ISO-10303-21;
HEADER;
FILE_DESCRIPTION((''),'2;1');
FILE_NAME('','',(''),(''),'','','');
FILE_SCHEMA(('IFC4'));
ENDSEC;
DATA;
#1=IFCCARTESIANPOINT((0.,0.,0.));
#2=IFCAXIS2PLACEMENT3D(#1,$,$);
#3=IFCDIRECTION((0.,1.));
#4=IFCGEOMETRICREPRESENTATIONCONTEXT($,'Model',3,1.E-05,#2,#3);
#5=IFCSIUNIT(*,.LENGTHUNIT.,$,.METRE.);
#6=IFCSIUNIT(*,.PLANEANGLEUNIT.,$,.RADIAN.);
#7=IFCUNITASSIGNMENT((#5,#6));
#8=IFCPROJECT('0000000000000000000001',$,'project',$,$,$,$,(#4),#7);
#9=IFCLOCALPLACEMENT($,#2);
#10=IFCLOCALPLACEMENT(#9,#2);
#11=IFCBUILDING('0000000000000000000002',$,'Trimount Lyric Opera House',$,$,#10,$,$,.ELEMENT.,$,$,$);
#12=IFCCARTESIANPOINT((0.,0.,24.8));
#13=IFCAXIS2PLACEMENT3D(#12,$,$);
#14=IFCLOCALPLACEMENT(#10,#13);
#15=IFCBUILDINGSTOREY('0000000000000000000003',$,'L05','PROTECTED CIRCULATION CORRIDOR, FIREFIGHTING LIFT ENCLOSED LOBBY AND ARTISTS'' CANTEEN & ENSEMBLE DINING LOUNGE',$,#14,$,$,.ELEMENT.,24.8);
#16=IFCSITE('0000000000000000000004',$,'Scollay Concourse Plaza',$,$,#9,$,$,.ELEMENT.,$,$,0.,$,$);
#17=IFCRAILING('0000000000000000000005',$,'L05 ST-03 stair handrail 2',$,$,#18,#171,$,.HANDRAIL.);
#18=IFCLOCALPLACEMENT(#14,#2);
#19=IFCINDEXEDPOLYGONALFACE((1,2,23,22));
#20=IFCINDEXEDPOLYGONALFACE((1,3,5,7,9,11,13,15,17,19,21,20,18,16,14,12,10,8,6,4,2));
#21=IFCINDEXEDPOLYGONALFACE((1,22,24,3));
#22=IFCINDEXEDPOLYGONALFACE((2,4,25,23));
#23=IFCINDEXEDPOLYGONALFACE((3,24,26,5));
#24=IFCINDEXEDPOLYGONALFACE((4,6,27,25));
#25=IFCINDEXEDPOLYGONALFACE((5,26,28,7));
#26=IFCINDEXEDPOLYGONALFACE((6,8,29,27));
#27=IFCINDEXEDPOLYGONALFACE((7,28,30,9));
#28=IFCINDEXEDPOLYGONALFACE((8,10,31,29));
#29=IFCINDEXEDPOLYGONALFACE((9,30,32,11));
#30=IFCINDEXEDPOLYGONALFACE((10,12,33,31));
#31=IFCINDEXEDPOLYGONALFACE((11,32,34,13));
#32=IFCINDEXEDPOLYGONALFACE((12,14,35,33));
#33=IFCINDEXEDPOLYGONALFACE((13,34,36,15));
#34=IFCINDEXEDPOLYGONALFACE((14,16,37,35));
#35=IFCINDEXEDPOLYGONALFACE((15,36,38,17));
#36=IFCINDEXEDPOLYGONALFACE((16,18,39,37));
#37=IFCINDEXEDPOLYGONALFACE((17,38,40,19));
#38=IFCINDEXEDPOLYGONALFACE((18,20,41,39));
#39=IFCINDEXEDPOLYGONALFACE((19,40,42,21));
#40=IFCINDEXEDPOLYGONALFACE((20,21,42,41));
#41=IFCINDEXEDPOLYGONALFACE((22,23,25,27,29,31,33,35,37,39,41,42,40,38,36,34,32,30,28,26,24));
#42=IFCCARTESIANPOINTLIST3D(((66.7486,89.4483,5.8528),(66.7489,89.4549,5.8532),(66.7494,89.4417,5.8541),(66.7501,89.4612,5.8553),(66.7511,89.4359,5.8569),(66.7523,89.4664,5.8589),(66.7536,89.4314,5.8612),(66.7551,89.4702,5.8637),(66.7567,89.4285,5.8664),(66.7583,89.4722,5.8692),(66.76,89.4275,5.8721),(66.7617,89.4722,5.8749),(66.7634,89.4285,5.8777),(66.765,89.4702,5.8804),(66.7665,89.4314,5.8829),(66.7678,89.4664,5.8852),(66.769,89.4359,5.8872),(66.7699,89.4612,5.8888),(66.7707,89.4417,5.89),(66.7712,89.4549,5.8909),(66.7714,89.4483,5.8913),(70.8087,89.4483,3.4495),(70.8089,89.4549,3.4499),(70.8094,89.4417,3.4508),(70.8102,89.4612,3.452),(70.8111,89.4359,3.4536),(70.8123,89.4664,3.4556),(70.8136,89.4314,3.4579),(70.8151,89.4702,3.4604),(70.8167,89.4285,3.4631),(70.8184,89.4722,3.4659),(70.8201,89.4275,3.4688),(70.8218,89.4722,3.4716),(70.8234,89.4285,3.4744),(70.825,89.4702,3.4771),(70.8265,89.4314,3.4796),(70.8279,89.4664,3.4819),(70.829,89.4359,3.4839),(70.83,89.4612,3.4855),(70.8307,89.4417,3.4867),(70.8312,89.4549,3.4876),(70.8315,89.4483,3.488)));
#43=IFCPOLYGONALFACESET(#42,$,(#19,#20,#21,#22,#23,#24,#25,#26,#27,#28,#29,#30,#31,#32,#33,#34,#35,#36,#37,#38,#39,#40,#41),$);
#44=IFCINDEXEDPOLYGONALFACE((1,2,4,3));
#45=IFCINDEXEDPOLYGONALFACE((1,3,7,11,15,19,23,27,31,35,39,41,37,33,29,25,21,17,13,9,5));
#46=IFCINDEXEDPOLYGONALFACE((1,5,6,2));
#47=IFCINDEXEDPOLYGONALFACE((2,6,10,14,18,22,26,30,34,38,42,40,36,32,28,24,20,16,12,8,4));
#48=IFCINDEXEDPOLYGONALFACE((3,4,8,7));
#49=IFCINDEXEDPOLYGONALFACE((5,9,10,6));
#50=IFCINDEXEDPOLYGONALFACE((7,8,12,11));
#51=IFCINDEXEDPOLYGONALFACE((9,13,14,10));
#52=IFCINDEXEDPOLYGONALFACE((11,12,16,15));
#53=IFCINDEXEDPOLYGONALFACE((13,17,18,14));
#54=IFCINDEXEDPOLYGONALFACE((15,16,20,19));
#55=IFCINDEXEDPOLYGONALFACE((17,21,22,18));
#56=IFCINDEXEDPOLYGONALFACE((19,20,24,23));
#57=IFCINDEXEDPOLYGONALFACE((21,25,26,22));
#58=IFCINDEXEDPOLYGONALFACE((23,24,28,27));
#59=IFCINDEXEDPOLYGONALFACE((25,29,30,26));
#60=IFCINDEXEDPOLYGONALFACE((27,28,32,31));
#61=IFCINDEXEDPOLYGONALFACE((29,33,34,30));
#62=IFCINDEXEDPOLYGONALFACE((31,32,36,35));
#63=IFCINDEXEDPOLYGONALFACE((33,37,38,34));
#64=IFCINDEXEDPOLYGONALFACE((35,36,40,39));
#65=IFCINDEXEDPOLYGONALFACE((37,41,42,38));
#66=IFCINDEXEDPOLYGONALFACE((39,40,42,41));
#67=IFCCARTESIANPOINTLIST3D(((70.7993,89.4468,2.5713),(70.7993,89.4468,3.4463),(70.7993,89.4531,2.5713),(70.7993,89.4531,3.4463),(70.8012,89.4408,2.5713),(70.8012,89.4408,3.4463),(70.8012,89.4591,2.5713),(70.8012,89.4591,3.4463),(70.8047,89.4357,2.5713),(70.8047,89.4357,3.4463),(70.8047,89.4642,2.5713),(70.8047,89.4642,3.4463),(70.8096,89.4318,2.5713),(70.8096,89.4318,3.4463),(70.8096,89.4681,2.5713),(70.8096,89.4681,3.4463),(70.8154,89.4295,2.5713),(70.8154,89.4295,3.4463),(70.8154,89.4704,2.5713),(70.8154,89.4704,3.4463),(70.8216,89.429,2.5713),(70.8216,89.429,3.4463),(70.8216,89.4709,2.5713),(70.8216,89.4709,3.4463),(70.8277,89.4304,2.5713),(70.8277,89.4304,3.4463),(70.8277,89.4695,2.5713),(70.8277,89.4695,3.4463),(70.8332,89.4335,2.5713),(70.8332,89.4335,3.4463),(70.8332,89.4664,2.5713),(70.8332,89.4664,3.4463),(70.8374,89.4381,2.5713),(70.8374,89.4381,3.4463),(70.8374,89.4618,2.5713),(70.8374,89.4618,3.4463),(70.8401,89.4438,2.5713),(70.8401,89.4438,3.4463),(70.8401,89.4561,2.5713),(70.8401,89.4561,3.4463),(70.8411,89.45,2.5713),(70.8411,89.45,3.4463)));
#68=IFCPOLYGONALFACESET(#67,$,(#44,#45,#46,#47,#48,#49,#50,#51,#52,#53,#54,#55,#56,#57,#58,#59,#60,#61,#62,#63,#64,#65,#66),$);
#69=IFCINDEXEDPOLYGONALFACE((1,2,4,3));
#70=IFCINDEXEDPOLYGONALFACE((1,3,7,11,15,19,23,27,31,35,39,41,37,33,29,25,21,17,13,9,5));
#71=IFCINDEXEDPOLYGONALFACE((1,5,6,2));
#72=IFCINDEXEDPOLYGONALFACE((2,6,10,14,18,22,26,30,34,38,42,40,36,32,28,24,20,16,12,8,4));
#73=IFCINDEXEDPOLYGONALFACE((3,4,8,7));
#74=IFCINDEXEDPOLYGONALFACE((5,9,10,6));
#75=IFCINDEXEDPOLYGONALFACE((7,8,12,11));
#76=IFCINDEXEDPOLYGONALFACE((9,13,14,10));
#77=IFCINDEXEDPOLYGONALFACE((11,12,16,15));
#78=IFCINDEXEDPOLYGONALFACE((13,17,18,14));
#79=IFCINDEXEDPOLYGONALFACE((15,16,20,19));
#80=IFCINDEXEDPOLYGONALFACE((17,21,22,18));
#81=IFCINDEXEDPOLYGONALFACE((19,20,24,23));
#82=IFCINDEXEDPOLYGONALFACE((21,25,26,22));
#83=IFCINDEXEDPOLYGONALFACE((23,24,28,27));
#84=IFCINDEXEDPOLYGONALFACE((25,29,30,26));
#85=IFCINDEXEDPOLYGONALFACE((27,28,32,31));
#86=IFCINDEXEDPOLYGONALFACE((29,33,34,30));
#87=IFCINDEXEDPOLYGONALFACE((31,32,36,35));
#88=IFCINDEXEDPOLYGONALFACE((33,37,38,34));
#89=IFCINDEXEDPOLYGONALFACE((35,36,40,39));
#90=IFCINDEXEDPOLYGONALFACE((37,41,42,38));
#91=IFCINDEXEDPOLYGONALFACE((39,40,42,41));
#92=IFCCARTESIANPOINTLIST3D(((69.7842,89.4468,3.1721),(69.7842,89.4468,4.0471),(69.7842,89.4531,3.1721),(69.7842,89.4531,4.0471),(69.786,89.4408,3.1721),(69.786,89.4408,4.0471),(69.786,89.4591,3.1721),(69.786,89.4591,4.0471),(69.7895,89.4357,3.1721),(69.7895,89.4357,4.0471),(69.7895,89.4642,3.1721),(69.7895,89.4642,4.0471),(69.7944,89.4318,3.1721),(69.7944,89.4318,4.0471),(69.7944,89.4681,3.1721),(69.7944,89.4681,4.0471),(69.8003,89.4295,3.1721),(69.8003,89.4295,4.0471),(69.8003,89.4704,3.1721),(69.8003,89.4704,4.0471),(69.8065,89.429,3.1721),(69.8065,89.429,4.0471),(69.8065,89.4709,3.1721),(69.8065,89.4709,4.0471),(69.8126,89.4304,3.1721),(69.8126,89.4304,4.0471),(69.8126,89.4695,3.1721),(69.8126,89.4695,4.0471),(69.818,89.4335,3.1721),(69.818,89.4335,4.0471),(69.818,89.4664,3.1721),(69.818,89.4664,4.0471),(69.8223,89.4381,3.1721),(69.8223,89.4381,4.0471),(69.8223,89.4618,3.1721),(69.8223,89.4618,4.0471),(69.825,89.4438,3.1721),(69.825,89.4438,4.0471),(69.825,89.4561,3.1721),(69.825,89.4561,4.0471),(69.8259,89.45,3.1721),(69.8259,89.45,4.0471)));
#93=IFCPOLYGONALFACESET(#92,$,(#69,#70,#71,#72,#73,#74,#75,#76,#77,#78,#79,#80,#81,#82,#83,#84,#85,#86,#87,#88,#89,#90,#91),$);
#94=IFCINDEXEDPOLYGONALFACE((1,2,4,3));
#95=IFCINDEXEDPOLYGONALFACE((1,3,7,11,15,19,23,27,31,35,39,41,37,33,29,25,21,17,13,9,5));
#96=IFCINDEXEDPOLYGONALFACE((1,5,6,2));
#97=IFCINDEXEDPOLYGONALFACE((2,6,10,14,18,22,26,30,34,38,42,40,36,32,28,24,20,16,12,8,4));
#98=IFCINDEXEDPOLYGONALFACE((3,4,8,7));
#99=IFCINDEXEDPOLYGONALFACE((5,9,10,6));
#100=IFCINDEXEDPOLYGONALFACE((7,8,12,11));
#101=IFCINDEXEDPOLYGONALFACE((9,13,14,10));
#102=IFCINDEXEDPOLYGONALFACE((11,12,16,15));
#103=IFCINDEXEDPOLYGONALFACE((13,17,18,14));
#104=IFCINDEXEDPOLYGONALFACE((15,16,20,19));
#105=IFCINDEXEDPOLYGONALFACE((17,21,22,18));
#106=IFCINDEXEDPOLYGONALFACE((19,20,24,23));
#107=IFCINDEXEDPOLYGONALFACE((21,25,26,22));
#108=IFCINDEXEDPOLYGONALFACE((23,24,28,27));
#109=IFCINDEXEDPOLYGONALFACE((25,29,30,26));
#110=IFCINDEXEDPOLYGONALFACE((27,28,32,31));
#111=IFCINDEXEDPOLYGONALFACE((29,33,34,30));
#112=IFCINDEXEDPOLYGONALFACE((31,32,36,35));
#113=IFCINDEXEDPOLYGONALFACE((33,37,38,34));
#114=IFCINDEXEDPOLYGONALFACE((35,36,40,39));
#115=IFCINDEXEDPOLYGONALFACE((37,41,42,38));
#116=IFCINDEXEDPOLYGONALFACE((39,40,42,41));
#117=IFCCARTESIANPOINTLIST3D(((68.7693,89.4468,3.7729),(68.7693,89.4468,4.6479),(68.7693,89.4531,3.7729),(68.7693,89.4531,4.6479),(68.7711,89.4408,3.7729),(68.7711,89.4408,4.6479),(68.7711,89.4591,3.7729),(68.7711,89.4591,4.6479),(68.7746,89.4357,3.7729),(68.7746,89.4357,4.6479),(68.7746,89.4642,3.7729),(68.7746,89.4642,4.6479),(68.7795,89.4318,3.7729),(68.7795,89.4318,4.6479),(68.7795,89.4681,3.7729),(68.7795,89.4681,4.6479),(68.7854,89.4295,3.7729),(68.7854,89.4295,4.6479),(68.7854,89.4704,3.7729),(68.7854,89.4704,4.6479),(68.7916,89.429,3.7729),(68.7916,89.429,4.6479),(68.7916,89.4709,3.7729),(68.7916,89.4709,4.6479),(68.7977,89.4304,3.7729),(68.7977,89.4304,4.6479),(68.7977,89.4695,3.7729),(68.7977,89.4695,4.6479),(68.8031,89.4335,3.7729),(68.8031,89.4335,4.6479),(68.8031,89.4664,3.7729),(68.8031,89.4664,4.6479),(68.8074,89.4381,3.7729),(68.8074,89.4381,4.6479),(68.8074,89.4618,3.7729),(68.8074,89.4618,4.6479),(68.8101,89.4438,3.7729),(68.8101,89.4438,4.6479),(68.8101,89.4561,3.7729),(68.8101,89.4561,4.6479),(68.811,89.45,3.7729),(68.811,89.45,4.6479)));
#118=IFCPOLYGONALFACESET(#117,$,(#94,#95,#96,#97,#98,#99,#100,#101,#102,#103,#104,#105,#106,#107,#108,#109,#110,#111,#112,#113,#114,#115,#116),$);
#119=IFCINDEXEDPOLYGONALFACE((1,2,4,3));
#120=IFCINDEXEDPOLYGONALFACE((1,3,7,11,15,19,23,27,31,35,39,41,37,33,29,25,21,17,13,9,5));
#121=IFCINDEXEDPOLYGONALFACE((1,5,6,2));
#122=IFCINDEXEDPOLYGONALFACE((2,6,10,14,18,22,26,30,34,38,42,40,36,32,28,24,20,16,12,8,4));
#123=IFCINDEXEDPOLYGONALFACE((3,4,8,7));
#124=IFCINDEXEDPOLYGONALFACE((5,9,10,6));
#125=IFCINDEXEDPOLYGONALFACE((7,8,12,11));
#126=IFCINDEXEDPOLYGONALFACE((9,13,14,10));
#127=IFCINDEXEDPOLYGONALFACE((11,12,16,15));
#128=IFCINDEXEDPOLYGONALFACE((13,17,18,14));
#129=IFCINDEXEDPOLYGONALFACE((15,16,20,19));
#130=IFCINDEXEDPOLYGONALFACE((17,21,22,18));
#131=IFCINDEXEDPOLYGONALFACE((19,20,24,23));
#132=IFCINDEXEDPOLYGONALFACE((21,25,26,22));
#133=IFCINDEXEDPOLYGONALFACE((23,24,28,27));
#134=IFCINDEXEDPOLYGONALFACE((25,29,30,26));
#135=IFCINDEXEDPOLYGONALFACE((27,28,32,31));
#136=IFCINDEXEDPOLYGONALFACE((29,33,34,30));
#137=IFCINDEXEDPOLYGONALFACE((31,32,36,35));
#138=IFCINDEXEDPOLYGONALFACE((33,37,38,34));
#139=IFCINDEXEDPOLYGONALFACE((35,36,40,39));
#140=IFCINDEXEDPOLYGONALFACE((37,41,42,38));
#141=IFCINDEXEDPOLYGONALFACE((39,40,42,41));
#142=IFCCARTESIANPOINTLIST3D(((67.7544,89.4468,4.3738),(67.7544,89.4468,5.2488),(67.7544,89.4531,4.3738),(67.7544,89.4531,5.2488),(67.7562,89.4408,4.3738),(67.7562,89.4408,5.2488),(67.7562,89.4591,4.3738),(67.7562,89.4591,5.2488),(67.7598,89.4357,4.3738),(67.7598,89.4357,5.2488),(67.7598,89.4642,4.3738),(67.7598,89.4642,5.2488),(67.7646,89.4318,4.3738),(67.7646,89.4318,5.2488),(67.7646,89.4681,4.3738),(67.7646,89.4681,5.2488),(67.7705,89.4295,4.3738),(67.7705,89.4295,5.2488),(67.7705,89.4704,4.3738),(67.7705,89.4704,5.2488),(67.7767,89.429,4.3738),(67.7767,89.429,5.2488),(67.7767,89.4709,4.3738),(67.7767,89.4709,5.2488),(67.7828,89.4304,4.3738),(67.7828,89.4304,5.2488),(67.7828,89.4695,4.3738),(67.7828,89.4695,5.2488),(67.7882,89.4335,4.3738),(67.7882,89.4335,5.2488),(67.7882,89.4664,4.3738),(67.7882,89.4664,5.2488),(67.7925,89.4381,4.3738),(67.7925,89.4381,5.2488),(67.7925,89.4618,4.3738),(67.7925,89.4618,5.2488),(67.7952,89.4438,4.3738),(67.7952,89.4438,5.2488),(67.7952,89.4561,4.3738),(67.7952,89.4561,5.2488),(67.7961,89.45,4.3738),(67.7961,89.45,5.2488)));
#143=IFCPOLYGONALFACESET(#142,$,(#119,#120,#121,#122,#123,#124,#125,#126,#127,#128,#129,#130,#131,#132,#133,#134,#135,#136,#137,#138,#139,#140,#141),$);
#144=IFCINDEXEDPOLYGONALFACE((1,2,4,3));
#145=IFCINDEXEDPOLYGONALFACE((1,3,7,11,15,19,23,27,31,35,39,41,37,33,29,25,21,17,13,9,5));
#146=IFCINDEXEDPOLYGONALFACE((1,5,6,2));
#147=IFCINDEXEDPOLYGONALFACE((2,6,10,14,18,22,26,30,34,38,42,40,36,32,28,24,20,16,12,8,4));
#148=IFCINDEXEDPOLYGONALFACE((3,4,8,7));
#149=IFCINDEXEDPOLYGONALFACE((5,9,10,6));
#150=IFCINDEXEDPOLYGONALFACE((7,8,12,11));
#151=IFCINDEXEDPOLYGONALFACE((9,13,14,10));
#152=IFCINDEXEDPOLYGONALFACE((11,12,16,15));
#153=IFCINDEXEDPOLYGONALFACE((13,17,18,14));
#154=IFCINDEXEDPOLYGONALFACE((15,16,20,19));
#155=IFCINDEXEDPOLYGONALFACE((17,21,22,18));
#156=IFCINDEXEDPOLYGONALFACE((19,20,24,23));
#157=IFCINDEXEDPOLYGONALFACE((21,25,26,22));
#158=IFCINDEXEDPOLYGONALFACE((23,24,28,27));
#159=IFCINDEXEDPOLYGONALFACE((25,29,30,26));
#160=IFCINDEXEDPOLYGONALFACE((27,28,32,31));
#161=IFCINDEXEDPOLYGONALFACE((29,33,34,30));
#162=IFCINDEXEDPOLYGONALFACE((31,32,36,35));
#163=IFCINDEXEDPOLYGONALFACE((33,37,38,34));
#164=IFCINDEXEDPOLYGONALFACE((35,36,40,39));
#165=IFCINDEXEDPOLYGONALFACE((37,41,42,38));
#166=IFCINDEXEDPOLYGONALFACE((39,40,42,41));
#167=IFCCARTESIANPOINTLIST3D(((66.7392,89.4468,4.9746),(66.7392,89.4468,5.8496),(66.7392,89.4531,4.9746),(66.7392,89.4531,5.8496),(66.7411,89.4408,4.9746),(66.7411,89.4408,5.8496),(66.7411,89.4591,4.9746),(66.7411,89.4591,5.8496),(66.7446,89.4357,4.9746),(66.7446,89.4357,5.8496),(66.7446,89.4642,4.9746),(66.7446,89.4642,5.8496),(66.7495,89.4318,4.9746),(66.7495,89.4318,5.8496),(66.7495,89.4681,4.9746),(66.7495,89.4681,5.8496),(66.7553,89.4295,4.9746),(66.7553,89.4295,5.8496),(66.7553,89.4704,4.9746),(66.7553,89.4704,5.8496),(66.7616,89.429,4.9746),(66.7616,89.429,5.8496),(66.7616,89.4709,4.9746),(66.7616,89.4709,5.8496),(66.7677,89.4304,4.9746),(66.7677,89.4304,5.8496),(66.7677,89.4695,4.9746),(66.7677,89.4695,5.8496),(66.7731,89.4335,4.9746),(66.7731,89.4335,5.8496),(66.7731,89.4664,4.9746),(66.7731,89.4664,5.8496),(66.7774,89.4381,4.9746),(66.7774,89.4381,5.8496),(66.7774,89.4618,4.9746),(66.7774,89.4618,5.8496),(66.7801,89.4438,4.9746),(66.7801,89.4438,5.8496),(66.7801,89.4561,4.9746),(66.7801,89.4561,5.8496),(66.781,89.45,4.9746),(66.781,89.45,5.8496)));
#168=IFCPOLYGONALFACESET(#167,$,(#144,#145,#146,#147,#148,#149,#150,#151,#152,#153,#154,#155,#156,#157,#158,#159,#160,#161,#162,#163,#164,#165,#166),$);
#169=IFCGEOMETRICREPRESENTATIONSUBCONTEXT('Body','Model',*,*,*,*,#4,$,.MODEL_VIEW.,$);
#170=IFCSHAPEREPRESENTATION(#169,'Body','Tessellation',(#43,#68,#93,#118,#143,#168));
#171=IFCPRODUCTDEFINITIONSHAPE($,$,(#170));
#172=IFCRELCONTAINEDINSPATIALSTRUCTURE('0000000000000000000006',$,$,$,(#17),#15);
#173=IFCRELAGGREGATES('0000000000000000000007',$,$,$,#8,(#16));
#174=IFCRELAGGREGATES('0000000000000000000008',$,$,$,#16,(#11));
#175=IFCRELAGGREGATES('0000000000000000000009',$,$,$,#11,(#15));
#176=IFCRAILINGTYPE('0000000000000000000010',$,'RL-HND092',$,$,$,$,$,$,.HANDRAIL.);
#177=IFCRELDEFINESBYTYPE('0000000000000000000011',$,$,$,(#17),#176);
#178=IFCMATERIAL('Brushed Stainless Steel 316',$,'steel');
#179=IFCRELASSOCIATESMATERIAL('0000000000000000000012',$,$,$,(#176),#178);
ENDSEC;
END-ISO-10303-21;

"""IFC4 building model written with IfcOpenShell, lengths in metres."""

from ifc_helpers import new_model, si_unit, direction, frame, origin, origin_2d, place, context, subcontext, project, spatial, circle, extrude, material, type_object, element, save


model = new_model("IFC4")

# Units and contexts
model_context = context("Model", 3, precision=1e-05, world=origin(), true_north=direction((0.0, 1.0)))
body_context = subcontext(model_context, "Body", "Model", "MODEL_VIEW")
ifc_project = project(units=[si_unit("LENGTHUNIT", "METRE"), si_unit("PLANEANGLEUNIT", "RADIAN")], contexts=[model_context])

# Site, building, storey
site_placement = place(None, origin())
site = spatial("IfcSite", under=ifc_project, at=site_placement, Name="Scollay Concourse Plaza", CompositionType="ELEMENT", RefElevation=0.0)
building_placement = place(site_placement, origin())
building = spatial("IfcBuilding", under=site, at=building_placement, Name="Trimount Lyric Opera House", CompositionType="ELEMENT")
storey_placement = place(building_placement, frame((0.0, 0.0, 24.8)))
storey = spatial("IfcBuildingStorey", under=building, at=storey_placement, Name="L05", Description="PROTECTED CIRCULATION CORRIDOR, FIREFIGHTING LIFT ENCLOSED LOBBY AND ARTISTS' CANTEEN & ENSEMBLE DINING LOUNGE", CompositionType="ELEMENT", Elevation=24.8)

# Railing
ifc_material_1 = material(Name="Brushed Stainless Steel 316", Category="steel")
railing_type_1 = type_object("IfcRailingType", Name="RL-HND092", PredefinedType="HANDRAIL", material=ifc_material_1)
railing_1_placement = place(storey_placement, frame((70.8201, 89.45, 2.5713)))
element("IfcRailing", 1, at=railing_1_placement, inside=storey, type_object=railing_type_1, Name="L05 ST-03 stair handrail 2", PredefinedType="HANDRAIL", context=body_context, shape_type="SweptSolid", body=[
    extrude(circle(Radius=0.0225, at=origin_2d()), frame((0.0, 0.0, 0.8975), z_axis=(-0.860537, 0.0, 0.509388), x_axis=(0.0, -1.0, 0.0)), (0.0, 0.0, 1.0), 4.718),
    extrude(circle(Radius=0.021, at=origin_2d()), origin(), (0.0, 0.0, 1.0), 0.875),
    extrude(circle(Radius=0.021, at=origin_2d()), frame((-1.0151, 0.0, 0.6008)), (0.0, 0.0, 1.0), 0.875),
    extrude(circle(Radius=0.021, at=origin_2d()), frame((-2.03, 0.0, 1.2017)), (0.0, 0.0, 1.0), 0.875),
    extrude(circle(Radius=0.021, at=origin_2d()), frame((-3.0449, 0.0, 1.8025)), (0.0, 0.0, 1.0), 0.875),
    extrude(circle(Radius=0.021, at=origin_2d()), frame((-4.0601, 0.0, 2.4033)), (0.0, 0.0, 1.0), 0.875),
])

save(model, "model.ifc")
